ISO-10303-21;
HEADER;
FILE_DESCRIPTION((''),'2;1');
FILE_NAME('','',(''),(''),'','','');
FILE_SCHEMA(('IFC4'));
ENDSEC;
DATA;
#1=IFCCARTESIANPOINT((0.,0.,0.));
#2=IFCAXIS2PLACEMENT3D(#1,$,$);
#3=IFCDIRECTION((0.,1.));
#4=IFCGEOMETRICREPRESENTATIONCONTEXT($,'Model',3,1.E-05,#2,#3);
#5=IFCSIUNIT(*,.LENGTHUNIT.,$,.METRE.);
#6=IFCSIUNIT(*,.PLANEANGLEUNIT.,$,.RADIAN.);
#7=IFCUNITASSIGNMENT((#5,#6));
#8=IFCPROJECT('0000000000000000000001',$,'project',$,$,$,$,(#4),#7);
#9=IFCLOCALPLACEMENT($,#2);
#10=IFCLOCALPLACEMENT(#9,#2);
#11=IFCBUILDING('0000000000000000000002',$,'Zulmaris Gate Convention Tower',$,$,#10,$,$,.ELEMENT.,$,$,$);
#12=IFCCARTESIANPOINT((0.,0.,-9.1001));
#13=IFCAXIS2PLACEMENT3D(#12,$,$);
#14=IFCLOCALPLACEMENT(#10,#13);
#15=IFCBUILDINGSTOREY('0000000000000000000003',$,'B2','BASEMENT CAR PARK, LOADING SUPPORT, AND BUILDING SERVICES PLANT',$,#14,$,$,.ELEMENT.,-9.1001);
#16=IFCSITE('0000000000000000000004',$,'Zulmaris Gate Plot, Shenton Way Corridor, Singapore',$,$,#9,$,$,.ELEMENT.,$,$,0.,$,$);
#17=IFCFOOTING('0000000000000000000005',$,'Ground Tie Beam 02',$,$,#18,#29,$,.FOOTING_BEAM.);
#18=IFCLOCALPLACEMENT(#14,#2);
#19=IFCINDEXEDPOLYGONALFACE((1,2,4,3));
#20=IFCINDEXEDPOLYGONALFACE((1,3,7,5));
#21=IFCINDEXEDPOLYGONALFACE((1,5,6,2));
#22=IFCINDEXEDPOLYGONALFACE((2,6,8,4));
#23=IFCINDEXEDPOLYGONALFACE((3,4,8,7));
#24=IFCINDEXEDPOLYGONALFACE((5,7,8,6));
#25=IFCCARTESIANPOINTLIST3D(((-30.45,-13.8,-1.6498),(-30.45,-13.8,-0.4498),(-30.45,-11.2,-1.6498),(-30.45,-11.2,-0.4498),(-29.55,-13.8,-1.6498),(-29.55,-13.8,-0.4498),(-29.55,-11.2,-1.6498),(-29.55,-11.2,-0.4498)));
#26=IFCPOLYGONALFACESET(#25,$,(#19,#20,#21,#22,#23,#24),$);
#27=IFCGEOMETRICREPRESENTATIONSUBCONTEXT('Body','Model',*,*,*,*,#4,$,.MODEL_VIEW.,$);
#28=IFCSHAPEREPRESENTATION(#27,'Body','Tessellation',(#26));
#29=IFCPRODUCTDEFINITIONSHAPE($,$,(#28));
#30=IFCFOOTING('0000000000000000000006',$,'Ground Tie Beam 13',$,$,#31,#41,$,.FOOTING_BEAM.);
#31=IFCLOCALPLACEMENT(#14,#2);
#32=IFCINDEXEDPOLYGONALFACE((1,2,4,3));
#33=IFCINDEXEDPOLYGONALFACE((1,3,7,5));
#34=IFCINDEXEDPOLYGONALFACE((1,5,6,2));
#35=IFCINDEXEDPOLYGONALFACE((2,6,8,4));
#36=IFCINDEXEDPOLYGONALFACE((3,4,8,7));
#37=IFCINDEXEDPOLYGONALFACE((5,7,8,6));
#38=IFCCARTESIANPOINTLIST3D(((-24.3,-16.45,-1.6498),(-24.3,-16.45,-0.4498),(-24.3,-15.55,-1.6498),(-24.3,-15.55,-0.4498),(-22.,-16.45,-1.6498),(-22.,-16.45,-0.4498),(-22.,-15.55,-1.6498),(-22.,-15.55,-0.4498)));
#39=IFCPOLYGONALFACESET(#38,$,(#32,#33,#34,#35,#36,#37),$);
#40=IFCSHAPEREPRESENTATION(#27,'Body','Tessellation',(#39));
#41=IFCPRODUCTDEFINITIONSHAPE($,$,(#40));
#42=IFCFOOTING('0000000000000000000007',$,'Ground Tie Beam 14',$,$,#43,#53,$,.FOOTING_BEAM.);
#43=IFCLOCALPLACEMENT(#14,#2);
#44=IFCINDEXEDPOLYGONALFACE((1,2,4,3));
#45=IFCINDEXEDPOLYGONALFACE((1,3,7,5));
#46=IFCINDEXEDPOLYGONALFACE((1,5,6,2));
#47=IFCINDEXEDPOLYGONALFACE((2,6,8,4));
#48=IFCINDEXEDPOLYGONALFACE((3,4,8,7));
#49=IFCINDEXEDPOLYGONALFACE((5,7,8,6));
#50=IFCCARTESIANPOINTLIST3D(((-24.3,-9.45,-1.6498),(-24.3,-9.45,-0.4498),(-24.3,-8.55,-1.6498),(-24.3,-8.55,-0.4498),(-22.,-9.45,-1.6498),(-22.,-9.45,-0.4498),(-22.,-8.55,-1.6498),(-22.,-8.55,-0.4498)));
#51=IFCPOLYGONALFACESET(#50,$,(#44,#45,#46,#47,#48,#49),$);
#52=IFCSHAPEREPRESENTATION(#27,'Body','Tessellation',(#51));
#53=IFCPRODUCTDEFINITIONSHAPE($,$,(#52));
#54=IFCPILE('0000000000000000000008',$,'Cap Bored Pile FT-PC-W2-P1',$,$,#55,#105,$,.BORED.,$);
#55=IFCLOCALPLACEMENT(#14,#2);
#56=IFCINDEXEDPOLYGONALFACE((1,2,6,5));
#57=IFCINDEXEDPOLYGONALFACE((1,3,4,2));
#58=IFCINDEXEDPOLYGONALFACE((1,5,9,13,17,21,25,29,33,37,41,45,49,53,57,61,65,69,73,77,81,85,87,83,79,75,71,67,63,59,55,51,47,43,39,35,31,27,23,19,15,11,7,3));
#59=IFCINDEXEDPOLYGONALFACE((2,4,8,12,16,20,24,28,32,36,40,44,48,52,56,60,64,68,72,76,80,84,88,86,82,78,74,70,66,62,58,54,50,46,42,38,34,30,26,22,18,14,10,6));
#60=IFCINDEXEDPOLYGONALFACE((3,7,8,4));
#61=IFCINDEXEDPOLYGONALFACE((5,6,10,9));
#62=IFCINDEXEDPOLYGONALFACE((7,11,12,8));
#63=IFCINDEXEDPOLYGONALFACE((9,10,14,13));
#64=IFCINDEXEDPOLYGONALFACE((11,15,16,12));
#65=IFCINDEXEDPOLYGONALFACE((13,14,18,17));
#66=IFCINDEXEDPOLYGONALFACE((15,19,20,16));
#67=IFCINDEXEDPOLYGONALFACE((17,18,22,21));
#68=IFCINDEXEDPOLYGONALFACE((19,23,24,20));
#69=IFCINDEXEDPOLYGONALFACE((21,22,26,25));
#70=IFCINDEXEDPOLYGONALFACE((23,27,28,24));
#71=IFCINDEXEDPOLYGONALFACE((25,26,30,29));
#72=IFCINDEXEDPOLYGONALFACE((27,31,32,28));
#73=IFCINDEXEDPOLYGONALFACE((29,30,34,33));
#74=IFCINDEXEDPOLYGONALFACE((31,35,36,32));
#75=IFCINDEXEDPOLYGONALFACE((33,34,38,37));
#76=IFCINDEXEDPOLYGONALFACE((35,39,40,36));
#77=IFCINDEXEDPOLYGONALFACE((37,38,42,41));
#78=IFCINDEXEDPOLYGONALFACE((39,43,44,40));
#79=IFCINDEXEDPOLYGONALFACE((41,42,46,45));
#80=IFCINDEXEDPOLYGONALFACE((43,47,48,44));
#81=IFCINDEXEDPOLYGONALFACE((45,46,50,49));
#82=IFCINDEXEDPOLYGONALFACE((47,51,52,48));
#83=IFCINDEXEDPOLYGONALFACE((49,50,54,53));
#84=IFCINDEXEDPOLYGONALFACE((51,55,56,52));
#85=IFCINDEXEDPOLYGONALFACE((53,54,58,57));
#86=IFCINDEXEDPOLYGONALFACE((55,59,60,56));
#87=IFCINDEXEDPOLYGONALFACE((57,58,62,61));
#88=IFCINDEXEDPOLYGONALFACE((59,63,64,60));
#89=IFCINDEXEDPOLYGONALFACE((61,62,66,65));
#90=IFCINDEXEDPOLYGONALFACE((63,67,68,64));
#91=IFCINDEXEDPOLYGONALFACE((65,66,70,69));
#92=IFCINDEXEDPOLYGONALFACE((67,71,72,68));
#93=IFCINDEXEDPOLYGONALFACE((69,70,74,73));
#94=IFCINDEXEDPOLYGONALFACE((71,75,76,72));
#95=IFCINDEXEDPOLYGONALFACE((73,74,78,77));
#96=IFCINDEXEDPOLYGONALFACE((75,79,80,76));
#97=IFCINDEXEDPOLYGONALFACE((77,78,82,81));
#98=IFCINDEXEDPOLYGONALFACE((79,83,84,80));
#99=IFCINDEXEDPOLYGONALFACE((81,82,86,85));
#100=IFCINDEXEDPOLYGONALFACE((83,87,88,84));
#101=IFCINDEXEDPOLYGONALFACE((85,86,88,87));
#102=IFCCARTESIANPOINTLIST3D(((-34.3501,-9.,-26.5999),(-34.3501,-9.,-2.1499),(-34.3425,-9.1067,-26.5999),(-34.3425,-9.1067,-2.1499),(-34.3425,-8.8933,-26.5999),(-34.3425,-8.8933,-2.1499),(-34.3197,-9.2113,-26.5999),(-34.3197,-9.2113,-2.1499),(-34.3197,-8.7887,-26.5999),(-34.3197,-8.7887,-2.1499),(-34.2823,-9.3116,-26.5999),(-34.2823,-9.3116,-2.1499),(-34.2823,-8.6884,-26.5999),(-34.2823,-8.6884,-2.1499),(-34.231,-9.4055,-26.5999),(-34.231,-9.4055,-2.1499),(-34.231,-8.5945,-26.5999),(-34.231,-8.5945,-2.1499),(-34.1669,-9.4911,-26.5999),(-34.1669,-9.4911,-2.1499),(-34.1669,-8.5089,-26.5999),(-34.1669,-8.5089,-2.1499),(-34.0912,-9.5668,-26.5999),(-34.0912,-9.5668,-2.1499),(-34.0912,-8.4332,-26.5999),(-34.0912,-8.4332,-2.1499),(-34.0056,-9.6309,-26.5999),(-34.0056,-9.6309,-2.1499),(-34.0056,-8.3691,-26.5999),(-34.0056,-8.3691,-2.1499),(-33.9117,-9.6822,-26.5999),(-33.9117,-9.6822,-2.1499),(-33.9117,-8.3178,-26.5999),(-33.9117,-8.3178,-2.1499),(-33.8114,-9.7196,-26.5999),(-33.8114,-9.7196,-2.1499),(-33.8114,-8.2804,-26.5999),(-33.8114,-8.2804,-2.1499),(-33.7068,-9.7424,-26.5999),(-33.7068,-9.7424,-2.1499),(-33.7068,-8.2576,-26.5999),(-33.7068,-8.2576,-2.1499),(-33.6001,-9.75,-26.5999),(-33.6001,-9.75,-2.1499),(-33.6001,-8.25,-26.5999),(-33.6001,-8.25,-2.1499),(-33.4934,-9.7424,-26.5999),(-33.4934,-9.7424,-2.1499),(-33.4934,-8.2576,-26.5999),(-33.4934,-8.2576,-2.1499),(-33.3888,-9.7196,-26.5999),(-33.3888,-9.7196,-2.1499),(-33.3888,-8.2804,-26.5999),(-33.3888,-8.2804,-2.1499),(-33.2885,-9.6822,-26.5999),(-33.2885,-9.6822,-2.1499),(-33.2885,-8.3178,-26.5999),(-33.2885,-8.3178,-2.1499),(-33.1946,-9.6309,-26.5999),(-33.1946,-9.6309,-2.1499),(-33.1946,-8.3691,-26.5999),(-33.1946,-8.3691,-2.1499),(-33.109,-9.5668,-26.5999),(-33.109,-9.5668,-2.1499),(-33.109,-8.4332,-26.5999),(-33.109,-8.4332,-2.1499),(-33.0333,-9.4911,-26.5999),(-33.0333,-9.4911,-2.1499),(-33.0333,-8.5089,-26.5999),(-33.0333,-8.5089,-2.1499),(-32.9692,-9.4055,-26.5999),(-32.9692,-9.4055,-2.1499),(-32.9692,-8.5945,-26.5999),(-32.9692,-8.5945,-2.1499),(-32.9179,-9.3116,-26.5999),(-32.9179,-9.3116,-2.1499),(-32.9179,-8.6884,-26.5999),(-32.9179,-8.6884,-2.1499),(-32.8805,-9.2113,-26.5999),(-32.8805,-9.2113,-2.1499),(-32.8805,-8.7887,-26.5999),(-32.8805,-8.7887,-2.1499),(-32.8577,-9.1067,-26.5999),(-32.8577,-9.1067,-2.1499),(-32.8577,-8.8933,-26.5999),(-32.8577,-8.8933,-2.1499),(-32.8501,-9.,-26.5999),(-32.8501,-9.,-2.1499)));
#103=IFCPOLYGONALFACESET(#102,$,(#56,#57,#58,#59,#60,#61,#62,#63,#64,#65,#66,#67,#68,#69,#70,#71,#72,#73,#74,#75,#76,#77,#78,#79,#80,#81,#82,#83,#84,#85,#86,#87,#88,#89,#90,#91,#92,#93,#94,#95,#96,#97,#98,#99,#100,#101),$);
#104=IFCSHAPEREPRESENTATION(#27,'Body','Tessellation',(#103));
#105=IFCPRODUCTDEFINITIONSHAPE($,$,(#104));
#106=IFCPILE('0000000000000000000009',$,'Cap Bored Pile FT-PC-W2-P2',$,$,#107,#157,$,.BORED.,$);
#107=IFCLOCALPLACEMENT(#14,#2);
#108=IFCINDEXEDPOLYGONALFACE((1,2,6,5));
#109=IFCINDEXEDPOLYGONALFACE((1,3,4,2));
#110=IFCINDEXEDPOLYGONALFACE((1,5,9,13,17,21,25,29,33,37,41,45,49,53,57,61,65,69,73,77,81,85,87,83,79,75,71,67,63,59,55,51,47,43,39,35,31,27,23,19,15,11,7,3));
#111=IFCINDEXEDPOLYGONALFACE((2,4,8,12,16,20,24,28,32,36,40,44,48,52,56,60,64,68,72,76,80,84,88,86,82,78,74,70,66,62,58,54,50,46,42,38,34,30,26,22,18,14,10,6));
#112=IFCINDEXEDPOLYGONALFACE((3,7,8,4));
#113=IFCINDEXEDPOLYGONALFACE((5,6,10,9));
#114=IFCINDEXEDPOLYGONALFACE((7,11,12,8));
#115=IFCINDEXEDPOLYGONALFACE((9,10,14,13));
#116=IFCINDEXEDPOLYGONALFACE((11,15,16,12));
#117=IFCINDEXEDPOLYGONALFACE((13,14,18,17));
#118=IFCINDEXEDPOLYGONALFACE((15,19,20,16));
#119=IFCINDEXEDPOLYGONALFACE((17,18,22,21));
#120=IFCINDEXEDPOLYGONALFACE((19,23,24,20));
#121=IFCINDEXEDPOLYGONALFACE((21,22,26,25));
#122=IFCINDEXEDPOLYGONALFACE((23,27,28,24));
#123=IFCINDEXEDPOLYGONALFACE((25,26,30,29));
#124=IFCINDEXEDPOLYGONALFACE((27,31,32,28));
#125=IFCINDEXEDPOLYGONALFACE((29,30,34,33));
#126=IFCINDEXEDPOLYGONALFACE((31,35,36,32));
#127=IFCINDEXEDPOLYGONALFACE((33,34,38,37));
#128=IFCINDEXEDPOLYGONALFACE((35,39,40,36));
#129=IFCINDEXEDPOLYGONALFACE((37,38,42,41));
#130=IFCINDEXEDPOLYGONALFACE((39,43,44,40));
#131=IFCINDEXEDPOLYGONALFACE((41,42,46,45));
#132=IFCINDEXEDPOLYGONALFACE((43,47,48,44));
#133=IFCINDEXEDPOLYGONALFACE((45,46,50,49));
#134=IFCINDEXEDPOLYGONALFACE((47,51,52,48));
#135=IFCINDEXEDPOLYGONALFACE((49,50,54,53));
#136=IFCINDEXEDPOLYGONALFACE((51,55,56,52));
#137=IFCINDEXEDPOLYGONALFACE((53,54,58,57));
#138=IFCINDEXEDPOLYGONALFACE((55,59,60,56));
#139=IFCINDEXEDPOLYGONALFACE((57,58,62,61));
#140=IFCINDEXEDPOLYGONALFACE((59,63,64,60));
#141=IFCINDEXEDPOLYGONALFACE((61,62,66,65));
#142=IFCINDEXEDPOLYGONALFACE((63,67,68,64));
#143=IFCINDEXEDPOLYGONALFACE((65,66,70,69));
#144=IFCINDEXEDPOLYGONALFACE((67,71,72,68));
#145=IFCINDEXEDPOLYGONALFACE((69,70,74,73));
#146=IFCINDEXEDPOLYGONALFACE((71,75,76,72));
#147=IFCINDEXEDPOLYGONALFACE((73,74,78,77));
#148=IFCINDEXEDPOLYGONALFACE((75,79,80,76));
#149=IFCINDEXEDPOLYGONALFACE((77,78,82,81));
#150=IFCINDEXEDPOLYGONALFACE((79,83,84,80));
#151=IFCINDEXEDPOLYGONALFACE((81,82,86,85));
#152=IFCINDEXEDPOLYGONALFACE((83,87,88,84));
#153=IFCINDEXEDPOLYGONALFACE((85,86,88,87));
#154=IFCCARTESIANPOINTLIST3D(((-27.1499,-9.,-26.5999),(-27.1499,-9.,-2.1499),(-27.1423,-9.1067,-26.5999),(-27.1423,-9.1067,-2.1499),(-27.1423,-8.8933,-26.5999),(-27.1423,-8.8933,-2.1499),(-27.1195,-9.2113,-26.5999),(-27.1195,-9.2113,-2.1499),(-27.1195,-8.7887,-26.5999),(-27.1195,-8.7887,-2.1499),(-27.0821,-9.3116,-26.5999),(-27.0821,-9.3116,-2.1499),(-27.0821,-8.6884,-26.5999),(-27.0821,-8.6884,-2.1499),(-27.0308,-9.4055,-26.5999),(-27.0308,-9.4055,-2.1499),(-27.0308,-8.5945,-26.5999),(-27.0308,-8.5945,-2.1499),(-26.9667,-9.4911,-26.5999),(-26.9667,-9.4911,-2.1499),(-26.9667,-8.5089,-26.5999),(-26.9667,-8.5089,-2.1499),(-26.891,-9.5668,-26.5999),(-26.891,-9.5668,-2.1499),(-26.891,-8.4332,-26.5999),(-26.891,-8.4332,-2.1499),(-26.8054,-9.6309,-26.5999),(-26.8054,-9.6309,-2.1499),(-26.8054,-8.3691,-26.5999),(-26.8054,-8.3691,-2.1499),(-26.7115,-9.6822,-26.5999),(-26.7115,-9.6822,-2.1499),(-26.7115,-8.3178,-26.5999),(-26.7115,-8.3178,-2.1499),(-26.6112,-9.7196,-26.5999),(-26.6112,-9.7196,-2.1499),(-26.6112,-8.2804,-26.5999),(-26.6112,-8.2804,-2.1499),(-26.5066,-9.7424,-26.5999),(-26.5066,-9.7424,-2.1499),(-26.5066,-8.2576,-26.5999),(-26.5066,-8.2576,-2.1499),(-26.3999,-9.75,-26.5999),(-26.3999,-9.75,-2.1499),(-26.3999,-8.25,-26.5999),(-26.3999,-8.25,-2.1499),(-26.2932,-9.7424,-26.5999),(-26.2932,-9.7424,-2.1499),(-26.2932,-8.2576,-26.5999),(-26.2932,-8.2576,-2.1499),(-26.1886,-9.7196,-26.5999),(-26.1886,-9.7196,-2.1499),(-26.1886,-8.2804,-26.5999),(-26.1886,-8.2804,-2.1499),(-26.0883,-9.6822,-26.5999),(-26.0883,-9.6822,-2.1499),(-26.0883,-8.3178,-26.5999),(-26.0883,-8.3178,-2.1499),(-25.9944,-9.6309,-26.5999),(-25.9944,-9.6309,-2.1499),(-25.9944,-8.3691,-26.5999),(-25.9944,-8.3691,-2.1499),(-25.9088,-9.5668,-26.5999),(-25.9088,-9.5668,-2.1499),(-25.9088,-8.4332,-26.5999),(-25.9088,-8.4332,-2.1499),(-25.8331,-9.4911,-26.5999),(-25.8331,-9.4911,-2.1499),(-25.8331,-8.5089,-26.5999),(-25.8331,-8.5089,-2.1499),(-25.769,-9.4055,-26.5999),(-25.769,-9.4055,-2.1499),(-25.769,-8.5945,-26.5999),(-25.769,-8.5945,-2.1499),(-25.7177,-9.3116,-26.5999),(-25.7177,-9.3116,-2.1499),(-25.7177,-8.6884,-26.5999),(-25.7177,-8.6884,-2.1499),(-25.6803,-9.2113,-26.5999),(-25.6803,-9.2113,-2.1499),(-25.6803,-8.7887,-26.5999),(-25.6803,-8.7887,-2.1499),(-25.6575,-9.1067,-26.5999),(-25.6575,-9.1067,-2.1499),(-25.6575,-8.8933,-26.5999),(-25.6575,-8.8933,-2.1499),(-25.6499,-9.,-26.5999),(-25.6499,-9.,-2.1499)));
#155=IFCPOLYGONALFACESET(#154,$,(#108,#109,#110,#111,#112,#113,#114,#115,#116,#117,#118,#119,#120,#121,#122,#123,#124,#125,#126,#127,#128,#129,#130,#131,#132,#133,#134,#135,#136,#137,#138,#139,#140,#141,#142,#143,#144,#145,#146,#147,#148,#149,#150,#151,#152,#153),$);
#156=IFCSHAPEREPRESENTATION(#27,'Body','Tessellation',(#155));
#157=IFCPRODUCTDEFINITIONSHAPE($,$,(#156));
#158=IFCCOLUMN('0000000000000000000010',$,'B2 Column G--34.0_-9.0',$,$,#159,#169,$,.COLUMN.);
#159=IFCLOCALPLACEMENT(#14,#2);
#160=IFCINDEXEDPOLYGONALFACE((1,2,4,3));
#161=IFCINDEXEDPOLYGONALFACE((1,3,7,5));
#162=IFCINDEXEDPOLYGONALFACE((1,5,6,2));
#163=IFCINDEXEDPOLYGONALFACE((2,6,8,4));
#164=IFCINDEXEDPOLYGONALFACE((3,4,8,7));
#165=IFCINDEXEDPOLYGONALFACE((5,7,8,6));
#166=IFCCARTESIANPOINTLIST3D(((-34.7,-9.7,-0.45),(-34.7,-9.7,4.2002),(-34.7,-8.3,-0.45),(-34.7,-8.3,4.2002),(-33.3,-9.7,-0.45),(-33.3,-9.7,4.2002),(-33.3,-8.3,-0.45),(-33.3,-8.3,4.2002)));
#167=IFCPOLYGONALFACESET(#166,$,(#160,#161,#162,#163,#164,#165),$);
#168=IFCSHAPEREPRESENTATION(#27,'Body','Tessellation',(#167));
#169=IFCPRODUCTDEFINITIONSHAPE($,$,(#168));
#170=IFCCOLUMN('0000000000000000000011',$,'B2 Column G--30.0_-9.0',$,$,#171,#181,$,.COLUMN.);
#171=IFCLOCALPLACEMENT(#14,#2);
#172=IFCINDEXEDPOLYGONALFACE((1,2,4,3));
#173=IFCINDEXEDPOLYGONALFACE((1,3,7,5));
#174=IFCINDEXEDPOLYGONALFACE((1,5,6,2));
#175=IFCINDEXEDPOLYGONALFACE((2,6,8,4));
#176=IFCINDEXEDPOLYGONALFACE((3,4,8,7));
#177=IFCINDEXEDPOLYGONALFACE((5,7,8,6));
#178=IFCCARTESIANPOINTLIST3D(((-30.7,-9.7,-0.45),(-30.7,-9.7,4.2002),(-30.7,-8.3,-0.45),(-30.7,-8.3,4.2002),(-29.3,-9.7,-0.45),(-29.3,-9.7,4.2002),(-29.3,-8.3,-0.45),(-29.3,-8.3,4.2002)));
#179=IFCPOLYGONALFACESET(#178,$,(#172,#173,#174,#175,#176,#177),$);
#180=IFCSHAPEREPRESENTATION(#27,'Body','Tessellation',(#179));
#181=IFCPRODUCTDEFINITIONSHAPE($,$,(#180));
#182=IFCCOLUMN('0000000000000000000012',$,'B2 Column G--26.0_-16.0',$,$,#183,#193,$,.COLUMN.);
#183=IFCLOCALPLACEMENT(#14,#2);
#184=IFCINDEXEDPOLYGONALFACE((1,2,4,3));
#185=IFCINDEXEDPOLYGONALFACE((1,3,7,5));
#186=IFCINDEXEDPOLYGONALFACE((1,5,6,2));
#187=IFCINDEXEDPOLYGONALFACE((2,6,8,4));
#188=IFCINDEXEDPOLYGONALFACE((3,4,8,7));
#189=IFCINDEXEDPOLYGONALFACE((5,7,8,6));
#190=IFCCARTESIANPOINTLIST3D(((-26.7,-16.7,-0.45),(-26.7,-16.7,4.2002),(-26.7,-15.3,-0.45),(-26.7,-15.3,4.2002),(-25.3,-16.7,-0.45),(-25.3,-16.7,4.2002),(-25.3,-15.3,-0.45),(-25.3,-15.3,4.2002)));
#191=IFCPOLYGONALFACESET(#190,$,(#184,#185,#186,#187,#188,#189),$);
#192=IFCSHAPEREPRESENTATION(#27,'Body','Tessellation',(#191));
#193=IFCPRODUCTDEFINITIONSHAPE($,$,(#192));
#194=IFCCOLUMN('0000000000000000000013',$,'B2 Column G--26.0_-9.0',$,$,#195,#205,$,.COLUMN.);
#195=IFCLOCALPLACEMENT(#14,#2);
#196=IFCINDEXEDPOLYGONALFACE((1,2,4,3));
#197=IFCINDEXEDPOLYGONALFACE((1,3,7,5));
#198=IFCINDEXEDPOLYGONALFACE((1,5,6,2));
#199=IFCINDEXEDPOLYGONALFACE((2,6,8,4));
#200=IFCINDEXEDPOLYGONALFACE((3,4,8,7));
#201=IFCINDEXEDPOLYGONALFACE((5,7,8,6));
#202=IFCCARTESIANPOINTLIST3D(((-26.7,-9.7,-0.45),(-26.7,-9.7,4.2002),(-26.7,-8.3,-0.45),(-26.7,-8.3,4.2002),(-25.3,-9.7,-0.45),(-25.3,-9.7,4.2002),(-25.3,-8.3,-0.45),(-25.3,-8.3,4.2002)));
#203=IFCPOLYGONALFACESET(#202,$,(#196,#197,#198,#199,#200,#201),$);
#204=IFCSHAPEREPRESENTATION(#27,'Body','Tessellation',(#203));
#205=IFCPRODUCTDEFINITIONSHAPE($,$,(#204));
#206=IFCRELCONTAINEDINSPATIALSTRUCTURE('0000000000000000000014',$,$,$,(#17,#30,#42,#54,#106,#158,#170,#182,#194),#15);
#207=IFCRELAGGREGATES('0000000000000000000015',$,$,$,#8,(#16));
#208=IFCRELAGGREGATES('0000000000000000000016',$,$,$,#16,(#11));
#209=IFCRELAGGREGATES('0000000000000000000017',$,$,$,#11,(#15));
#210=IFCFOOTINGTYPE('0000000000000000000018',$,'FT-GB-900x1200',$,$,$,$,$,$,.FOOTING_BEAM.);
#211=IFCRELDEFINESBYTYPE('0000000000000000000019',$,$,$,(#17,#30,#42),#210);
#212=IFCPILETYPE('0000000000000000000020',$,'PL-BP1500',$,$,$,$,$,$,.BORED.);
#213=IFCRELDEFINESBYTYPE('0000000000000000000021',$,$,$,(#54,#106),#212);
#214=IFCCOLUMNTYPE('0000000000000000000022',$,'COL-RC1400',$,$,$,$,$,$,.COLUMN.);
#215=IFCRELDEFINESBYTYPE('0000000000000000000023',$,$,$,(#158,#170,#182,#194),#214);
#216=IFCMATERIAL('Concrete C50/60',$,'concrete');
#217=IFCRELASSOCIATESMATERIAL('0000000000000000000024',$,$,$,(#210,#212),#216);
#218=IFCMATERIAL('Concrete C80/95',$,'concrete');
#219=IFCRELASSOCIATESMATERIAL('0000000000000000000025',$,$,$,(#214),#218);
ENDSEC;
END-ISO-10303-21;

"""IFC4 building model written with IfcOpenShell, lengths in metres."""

from ifc_helpers import new_model, si_unit, direction, frame, origin, origin_2d, place, context, subcontext, project, spatial, rectangle, circle, extrude, material, material_profile, profile_set, type_object, element, save


model = new_model("IFC4")

# Units and contexts
model_context = context("Model", 3, precision=1e-05, world=origin(), true_north=direction((0.0, 1.0)))
body_context = subcontext(model_context, "Body", "Model", "MODEL_VIEW")
ifc_project = project(units=[si_unit("LENGTHUNIT", "METRE"), si_unit("PLANEANGLEUNIT", "RADIAN")], contexts=[model_context])

# Site, building, storey
site_placement = place(None, origin())
site = spatial("IfcSite", under=ifc_project, at=site_placement, Name="Zulmaris Gate Plot, Shenton Way Corridor, Singapore", CompositionType="ELEMENT", RefElevation=0.0)
building_placement = place(site_placement, origin())
building = spatial("IfcBuilding", under=site, at=building_placement, Name="Zulmaris Gate Convention Tower", CompositionType="ELEMENT")
storey_placement = place(building_placement, frame((0.0, 0.0, -9.1001)))
storey = spatial("IfcBuildingStorey", under=building, at=storey_placement, Name="B2", Description="BASEMENT CAR PARK, LOADING SUPPORT, AND BUILDING SERVICES PLANT", CompositionType="ELEMENT", Elevation=-9.1001)

# Footings
ifc_material_1 = material(Name="Concrete C50/60", Category="concrete")
ifc_material_profile_1 = material_profile(ifc_material_1, rectangle(XDim=0.8999, YDim=1.2, at=origin_2d()), Name="RC TIE 900x1200")
ifc_profile_set_1 = profile_set([ifc_material_profile_1], Name="Concrete C50/60")
footing_type = type_object("IfcFootingType", Name="FT-GB-900x1200", PredefinedType="FOOTING_BEAM", material=ifc_profile_set_1)
footing_placement = place(storey_placement, frame((-30.0, -13.8, -1.0498), z_axis=(0.0, 1.0, 0.0), x_axis=(-1.0, 0.0, 0.0)))
element("IfcFooting", 1, at=footing_placement, inside=storey, type_object=footing_type, Name="Ground Tie Beam 02", PredefinedType="FOOTING_BEAM", context=body_context, shape_type="SweptSolid", body=[
    extrude(rectangle(XDim=0.8999, YDim=1.2, at=origin_2d()), origin(), (0.0, 0.0, 1.0), 2.6001),
])
for number, where, z_axis, x_axis, name in (
    (2, (-24.3, -16.0, -1.0498), (1.0, 0.0, 0.0), (0.0, 1.0, 0.0), "Ground Tie Beam 13"),
    (3, (-24.3, -9.0, -1.0498), (1.0, 0.0, 0.0), (0.0, 1.0, 0.0), "Ground Tie Beam 14"),
):
    element("IfcFooting", number, at=place(storey_placement, frame(where, z_axis=z_axis, x_axis=x_axis)), inside=storey, type_object=footing_type, Name=name, PredefinedType="FOOTING_BEAM", context=body_context, shape_type="SweptSolid", body=[
        extrude(rectangle(XDim=0.8999, YDim=1.2, at=origin_2d()), origin(), (0.0, 0.0, 1.0), 2.3),
    ])

# Piles
ifc_material_profile_2 = material_profile(ifc_material_1, circle(Radius=0.75, at=origin_2d()), Name="BORED PILE 1500")
ifc_profile_set_2 = profile_set([ifc_material_profile_2], Name="Concrete C50/60")
pile_type = type_object("IfcPileType", Name="PL-BP1500", PredefinedType="BORED", material=ifc_profile_set_2)
for number, where, z_axis, x_axis, name in (
    (4, (-33.6001, -9.0, -2.1499), (0.0, 0.0, -1.0), (1.0, 0.0, 0.0), "Cap Bored Pile FT-PC-W2-P1"),
    (5, (-26.3999, -9.0, -2.1499), (0.0, 0.0, -1.0), (1.0, 0.0, 0.0), "Cap Bored Pile FT-PC-W2-P2"),
):
    element("IfcPile", number, at=place(storey_placement, frame(where, z_axis=z_axis, x_axis=x_axis)), inside=storey, type_object=pile_type, Name=name, PredefinedType="BORED", context=body_context, shape_type="SweptSolid", body=[
        extrude(circle(Radius=0.75, at=origin_2d()), origin(), (0.0, 0.0, 1.0), 24.45),
    ])

# Columns
ifc_material_2 = material(Name="Concrete C80/95", Category="concrete")
ifc_material_profile_3 = material_profile(ifc_material_2, rectangle(XDim=1.3999, YDim=1.3999, at=origin_2d()), Name="RC COL 1400x1400")
ifc_profile_set_3 = profile_set([ifc_material_profile_3], Name="Concrete C80/95")
column_type = type_object("IfcColumnType", Name="COL-RC1400", PredefinedType="COLUMN", material=ifc_profile_set_3)
for number, where, z_axis, x_axis, name in (
    (6, (-34.0, -9.0, -0.45), (0.0, 0.0, 1.0), (1.0, 0.0, 0.0), "B2 Column G--34.0_-9.0"),
    (7, (-30.0, -9.0, -0.45), (0.0, 0.0, 1.0), (1.0, 0.0, 0.0), "B2 Column G--30.0_-9.0"),
    (8, (-26.0, -16.0, -0.45), (0.0, 0.0, 1.0), (1.0, 0.0, 0.0), "B2 Column G--26.0_-16.0"),
    (9, (-26.0, -9.0, -0.45), (0.0, 0.0, 1.0), (1.0, 0.0, 0.0), "B2 Column G--26.0_-9.0"),
):
    element("IfcColumn", number, at=place(storey_placement, frame(where, z_axis=z_axis, x_axis=x_axis)), inside=storey, type_object=column_type, Name=name, PredefinedType="COLUMN", context=body_context, shape_type="SweptSolid", body=[
        extrude(rectangle(XDim=1.3999, YDim=1.3999, at=origin_2d()), origin(), (0.0, 0.0, 1.0), 4.6501),
    ])

save(model, "model.ifc")
